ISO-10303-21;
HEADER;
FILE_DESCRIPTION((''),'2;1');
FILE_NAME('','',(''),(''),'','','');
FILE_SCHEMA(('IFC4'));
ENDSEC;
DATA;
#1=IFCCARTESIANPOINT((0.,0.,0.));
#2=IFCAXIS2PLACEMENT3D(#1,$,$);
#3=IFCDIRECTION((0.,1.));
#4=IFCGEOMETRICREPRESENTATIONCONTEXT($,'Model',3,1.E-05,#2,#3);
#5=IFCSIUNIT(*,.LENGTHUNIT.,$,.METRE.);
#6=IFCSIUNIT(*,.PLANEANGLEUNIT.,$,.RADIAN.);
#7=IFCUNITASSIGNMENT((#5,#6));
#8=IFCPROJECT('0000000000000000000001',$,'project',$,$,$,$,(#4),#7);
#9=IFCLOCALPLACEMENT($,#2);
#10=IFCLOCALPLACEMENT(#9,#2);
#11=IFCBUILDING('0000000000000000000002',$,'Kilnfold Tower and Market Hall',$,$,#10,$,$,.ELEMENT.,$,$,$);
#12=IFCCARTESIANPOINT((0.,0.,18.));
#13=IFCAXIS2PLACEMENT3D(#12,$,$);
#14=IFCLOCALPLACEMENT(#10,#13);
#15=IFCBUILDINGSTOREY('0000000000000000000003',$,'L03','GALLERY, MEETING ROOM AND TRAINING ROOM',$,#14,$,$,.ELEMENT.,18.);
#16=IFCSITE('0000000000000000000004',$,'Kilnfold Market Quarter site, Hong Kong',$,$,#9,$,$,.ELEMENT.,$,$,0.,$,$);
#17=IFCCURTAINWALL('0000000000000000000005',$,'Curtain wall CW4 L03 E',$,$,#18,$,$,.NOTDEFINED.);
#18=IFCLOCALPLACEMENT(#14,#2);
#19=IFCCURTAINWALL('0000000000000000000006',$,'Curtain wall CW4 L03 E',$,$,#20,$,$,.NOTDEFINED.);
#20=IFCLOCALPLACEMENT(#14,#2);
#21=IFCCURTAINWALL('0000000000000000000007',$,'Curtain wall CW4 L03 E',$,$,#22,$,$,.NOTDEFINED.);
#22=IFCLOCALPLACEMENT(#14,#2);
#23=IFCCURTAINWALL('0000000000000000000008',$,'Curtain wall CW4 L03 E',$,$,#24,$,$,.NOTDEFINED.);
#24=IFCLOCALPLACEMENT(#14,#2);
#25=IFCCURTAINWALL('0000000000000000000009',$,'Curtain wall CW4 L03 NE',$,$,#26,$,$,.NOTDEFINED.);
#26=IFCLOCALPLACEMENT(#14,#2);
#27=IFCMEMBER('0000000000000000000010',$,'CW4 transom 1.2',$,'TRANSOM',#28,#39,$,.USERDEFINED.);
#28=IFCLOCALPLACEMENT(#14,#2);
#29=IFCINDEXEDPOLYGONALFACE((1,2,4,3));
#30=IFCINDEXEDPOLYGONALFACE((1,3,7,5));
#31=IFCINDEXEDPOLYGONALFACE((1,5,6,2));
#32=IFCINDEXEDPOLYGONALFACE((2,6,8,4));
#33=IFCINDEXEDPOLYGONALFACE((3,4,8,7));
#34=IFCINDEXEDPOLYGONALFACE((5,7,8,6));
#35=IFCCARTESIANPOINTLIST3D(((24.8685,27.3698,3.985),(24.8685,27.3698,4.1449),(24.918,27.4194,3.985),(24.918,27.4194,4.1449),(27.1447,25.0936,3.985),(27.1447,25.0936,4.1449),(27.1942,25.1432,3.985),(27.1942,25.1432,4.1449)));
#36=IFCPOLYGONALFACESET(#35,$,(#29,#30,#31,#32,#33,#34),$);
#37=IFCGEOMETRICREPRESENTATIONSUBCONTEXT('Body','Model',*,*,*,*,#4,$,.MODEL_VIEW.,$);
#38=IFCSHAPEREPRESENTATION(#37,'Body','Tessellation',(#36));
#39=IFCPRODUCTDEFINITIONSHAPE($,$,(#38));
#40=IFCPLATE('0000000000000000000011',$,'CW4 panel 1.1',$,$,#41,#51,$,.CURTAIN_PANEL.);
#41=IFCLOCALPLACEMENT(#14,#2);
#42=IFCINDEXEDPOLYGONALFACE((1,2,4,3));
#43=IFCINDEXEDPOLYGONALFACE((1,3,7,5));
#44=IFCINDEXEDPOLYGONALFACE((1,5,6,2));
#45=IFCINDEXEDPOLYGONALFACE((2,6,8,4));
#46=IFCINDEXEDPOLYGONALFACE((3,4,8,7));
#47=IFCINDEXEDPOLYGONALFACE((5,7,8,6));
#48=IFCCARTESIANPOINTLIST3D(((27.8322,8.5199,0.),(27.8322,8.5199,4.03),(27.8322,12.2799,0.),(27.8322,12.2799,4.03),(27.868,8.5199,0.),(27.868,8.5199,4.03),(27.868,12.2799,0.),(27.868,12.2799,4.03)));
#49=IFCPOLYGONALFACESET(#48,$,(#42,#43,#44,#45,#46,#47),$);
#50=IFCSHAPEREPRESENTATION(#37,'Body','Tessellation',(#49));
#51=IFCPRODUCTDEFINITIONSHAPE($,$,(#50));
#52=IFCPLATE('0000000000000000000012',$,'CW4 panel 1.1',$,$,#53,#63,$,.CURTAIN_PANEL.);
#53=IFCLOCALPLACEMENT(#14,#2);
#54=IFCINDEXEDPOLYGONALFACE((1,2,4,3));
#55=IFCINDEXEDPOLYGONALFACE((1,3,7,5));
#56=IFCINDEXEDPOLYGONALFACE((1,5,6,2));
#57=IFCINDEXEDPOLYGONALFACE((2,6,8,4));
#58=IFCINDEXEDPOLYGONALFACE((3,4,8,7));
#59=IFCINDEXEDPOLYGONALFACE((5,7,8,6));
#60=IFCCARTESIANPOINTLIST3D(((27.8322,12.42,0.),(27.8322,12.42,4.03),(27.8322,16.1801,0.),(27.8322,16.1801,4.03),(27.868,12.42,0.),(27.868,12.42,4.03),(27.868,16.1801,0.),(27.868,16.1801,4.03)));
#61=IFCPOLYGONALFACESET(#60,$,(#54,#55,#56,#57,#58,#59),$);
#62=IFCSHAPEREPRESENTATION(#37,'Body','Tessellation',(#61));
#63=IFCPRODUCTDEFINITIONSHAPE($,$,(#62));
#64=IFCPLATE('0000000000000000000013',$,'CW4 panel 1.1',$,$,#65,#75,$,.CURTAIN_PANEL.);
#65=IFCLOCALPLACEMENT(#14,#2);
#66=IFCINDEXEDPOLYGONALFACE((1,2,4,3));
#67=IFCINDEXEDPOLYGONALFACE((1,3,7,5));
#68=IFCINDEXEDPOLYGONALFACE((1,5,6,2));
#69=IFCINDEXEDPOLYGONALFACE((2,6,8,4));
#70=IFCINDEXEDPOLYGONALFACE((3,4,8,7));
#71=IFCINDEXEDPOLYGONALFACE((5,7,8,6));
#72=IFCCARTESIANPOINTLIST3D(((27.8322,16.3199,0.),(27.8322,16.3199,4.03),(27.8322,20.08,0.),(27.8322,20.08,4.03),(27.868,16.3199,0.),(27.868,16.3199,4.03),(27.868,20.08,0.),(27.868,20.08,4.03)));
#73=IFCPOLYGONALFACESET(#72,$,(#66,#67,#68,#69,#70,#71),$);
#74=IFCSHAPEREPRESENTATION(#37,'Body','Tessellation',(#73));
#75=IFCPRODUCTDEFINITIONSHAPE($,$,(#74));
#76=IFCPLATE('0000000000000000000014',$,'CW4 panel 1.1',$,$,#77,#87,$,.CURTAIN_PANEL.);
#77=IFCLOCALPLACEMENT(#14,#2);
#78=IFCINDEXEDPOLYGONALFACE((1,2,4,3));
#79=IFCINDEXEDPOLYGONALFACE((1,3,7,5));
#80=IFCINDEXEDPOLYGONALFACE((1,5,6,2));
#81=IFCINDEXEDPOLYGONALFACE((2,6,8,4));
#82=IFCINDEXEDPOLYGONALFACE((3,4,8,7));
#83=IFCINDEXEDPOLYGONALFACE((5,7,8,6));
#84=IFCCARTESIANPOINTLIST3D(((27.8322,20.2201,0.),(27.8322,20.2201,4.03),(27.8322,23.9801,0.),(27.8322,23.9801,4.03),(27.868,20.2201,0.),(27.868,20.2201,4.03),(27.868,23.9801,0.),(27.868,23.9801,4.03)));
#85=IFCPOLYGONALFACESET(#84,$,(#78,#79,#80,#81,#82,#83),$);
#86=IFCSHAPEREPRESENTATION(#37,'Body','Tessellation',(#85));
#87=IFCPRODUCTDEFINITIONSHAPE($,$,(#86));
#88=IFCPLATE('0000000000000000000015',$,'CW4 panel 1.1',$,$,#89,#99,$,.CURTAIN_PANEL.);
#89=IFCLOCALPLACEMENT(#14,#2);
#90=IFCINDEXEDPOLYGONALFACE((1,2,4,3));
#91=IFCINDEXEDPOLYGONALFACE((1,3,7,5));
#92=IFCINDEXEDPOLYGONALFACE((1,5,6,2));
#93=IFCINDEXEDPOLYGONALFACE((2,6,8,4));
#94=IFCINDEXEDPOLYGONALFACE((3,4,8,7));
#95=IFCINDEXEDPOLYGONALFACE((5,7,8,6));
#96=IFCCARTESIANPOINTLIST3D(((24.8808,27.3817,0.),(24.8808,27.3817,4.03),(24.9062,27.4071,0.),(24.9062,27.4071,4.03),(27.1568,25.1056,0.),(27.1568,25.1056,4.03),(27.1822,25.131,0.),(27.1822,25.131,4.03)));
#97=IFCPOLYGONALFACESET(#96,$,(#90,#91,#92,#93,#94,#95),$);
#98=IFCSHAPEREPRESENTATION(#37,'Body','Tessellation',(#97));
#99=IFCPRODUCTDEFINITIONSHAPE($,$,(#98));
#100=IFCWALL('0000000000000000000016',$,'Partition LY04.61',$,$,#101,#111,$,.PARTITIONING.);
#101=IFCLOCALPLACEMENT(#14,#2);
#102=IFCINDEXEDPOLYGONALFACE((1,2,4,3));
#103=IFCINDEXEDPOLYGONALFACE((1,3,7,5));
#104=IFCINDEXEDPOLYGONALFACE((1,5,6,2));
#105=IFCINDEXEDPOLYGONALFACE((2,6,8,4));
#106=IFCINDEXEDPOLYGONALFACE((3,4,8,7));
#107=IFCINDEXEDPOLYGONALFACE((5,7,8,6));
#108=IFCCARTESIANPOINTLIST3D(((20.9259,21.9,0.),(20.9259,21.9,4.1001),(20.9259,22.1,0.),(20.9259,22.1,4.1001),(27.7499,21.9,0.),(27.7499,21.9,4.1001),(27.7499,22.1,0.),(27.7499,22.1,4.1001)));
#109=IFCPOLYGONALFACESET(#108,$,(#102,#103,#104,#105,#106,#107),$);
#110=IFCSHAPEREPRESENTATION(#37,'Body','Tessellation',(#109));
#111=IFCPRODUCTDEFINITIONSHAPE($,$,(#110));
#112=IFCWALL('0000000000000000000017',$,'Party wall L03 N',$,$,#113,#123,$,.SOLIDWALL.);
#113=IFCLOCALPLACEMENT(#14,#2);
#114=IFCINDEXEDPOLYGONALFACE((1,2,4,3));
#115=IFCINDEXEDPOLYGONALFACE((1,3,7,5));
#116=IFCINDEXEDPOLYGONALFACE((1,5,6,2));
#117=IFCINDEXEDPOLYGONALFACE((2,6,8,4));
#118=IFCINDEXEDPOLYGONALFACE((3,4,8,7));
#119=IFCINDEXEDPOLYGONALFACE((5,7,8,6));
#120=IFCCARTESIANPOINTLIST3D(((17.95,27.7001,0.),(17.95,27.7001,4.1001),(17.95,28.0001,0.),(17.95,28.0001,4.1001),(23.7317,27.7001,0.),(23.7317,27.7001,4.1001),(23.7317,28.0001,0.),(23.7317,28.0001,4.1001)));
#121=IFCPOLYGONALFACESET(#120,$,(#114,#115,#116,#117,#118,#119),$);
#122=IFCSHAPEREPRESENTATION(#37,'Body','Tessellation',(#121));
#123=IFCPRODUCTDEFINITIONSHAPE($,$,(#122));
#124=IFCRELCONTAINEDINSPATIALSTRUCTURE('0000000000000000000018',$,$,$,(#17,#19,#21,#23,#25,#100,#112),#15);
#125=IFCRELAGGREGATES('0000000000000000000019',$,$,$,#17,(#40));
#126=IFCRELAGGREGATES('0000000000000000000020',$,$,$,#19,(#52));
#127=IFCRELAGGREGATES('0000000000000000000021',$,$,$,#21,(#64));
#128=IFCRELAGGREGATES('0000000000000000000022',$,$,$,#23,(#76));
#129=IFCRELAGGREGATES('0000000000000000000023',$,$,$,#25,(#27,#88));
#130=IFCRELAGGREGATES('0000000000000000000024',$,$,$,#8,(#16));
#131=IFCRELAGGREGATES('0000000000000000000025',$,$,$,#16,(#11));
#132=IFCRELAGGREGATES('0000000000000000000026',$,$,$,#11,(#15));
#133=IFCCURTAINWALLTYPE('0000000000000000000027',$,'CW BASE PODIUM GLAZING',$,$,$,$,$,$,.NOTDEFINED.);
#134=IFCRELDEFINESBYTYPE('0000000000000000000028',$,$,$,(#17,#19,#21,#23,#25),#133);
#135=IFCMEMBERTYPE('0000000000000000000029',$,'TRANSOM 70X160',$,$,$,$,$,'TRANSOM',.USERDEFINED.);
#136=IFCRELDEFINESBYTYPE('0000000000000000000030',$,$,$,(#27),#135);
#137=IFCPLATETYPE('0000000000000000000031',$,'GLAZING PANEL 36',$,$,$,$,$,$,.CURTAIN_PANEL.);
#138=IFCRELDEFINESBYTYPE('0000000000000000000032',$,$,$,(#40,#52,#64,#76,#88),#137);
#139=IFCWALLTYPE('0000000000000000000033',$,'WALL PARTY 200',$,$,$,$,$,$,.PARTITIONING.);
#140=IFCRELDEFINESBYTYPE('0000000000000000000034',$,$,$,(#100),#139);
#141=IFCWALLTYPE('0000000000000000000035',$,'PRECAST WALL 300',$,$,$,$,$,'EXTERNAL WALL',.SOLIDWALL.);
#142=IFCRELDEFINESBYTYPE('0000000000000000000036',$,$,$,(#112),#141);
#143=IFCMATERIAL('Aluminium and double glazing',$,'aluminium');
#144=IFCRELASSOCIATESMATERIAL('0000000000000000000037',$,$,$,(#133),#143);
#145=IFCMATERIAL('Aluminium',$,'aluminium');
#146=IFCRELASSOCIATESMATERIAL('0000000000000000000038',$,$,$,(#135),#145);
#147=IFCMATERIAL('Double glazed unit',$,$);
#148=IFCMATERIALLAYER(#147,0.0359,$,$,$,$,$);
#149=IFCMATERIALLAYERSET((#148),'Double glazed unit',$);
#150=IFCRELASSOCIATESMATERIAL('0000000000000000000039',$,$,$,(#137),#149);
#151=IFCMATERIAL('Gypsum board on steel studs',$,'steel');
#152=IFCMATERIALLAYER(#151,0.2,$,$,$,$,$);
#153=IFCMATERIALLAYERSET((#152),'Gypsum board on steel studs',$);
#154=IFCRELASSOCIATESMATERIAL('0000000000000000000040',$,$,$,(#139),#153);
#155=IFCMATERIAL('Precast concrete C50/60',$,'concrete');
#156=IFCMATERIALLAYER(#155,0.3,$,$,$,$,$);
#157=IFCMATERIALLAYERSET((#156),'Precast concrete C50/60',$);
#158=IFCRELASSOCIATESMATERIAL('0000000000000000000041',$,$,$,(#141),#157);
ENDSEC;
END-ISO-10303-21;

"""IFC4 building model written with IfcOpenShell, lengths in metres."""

from ifc_helpers import new_model, si_unit, direction, frame, frame_2d, origin, origin_2d, place, context, subcontext, project, spatial, rectangle, extrude, source, transform, mapped, material, layer, layer_set, material_profile, profile_set, type_object, element, aggregate, save


model = new_model("IFC4")

# Units and contexts
model_context = context("Model", 3, precision=1e-05, world=origin(), true_north=direction((0.0, 1.0)))
body_context = subcontext(model_context, "Body", "Model", "MODEL_VIEW")
ifc_project = project(units=[si_unit("LENGTHUNIT", "METRE"), si_unit("PLANEANGLEUNIT", "RADIAN")], contexts=[model_context])

# Site, building, storey
site_placement = place(None, origin())
site = spatial("IfcSite", under=ifc_project, at=site_placement, Name="Kilnfold Market Quarter site, Hong Kong", CompositionType="ELEMENT", RefElevation=0.0)
building_placement = place(site_placement, origin())
building = spatial("IfcBuilding", under=site, at=building_placement, Name="Kilnfold Tower and Market Hall", CompositionType="ELEMENT")
storey_placement = place(building_placement, frame((0.0, 0.0, 18.0)))
storey = spatial("IfcBuildingStorey", under=building, at=storey_placement, Name="L03", Description="GALLERY, MEETING ROOM AND TRAINING ROOM", CompositionType="ELEMENT", Elevation=18.0)

# Curtain wall
ifc_material_1 = material(Name="Aluminium and double glazing", Category="aluminium")
curtain_wall_type = type_object("IfcCurtainWallType", Name="CW BASE PODIUM GLAZING", PredefinedType="NOTDEFINED", material=ifc_material_1)
curtain_wall_1_placement = place(storey_placement, origin())
curtain_wall_1 = element("IfcCurtainWall", 1, at=curtain_wall_1_placement, inside=storey, type_object=curtain_wall_type, Name="Curtain wall CW4 L03 E", PredefinedType="NOTDEFINED")

# Curtain walls
curtain_wall_2_placement = place(storey_placement, origin())
curtain_wall_2 = element("IfcCurtainWall", 2, at=curtain_wall_2_placement, inside=storey, type_object=curtain_wall_type, Name="Curtain wall CW4 L03 E", PredefinedType="NOTDEFINED")
curtain_wall_3_placement = place(storey_placement, origin())
curtain_wall_3 = element("IfcCurtainWall", 3, at=curtain_wall_3_placement, inside=storey, type_object=curtain_wall_type, Name="Curtain wall CW4 L03 E", PredefinedType="NOTDEFINED")
curtain_wall_4_placement = place(storey_placement, origin())
curtain_wall_4 = element("IfcCurtainWall", 4, at=curtain_wall_4_placement, inside=storey, type_object=curtain_wall_type, Name="Curtain wall CW4 L03 E", PredefinedType="NOTDEFINED")
curtain_wall_5_placement = place(storey_placement, origin())
curtain_wall_5 = element("IfcCurtainWall", 5, at=curtain_wall_5_placement, inside=storey, type_object=curtain_wall_type, Name="Curtain wall CW4 L03 NE", PredefinedType="NOTDEFINED")

# Member
ifc_material_2 = material(Name="Aluminium", Category="aluminium")
ifc_material_profile_1 = material_profile(ifc_material_2, rectangle(XDim=0.0701, YDim=0.1599, at=origin_2d()), Name="TRANSOM 70x160")
ifc_profile_set_1 = profile_set([ifc_material_profile_1], Name="Aluminium")
member_type_1 = type_object("IfcMemberType", Name="TRANSOM 70X160", ElementType="TRANSOM", PredefinedType="USERDEFINED", material=ifc_profile_set_1)
shared_shape_1 = source(origin(), body_context, "Body", "SweptSolid", [
    extrude(rectangle(XDim=0.0701, YDim=0.1599, at=origin_2d()), origin(), (0.0, 0.0, 1.0), 3.219),
])
member_1_placement = place(storey_placement, frame((27.1694, 25.1184, 4.0649), z_axis=(-0.707107, 0.707107, 0.0), x_axis=(-0.707107, -0.707107, 0.0)))
member_1 = element("IfcMember", 6, at=member_1_placement, type_object=member_type_1, Name="CW4 transom 1.2", ObjectType="TRANSOM", PredefinedType="USERDEFINED", context=body_context, shape_type="MappedRepresentation", body=[
    mapped(shared_shape_1, transform((0.0, 0.0, 0.0))),
])

# Plates
ifc_material_3 = material(Name="Double glazed unit")
ifc_layer_1 = layer(ifc_material_3, 0.0359)
ifc_layer_set_1 = layer_set([ifc_layer_1], Name="Double glazed unit")
plate_type = type_object("IfcPlateType", Name="GLAZING PANEL 36", PredefinedType="CURTAIN_PANEL", material=ifc_layer_set_1)
shared_shape_2 = source(origin(), body_context, "Body", "SweptSolid", [
    extrude(rectangle(XDim=3.76, YDim=0.0359, at=origin_2d()), origin(), (0.0, 0.0, 1.0), 4.03),
])
plate_1_placement = place(storey_placement, frame((27.8501, 10.3999, 0.0), z_axis=(0.0, 0.0, 1.0), x_axis=(0.0, 1.0, 0.0)))
plate_1 = element("IfcPlate", 7, at=plate_1_placement, type_object=plate_type, Name="CW4 panel 1.1", PredefinedType="CURTAIN_PANEL", context=body_context, shape_type="MappedRepresentation", body=[
    mapped(shared_shape_2, transform((0.0, 0.0, 0.0))),
])
aggregate(curtain_wall_1, [plate_1])
plate_2_placement = place(storey_placement, frame((27.8501, 14.3, 0.0), z_axis=(0.0, 0.0, 1.0), x_axis=(0.0, 1.0, 0.0)))
plate_2 = element("IfcPlate", 8, at=plate_2_placement, type_object=plate_type, Name="CW4 panel 1.1", PredefinedType="CURTAIN_PANEL", context=body_context, shape_type="MappedRepresentation", body=[
    mapped(shared_shape_2, transform((0.0, 0.0, 0.0))),
])
aggregate(curtain_wall_2, [plate_2])
plate_3_placement = place(storey_placement, frame((27.8501, 18.2, 0.0), z_axis=(0.0, 0.0, 1.0), x_axis=(0.0, 1.0, 0.0)))
plate_3 = element("IfcPlate", 9, at=plate_3_placement, type_object=plate_type, Name="CW4 panel 1.1", PredefinedType="CURTAIN_PANEL", context=body_context, shape_type="MappedRepresentation", body=[
    mapped(shared_shape_2, transform((0.0, 0.0, 0.0))),
])
aggregate(curtain_wall_3, [plate_3])
plate_4_placement = place(storey_placement, frame((27.8501, 22.1001, 0.0), z_axis=(0.0, 0.0, 1.0), x_axis=(0.0, 1.0, 0.0)))
plate_4 = element("IfcPlate", 10, at=plate_4_placement, type_object=plate_type, Name="CW4 panel 1.1", PredefinedType="CURTAIN_PANEL", context=body_context, shape_type="MappedRepresentation", body=[
    mapped(shared_shape_2, transform((0.0, 0.0, 0.0))),
])
aggregate(curtain_wall_4, [plate_4])
shared_shape_3 = source(origin(), body_context, "Body", "SweptSolid", [
    extrude(rectangle(XDim=3.2188, YDim=0.0359, at=origin_2d()), origin(), (0.0, 0.0, 1.0), 4.03),
])
plate_5_placement = place(storey_placement, frame((26.0315, 26.2563, 0.0), z_axis=(0.0, 0.0, 1.0), x_axis=(-0.707092, 0.707122, 0.0)))
plate_5 = element("IfcPlate", 11, at=plate_5_placement, type_object=plate_type, Name="CW4 panel 1.1", PredefinedType="CURTAIN_PANEL", context=body_context, shape_type="MappedRepresentation", body=[
    mapped(shared_shape_3, transform((0.0, 0.0, 0.0))),
])
aggregate(curtain_wall_5, [member_1, plate_5])

# Walls
ifc_material_4 = material(Name="Gypsum board on steel studs", Category="steel")
ifc_layer_2 = layer(ifc_material_4, 0.2)
ifc_layer_set_2 = layer_set([ifc_layer_2], Name="Gypsum board on steel studs")
wall_type_1 = type_object("IfcWallType", Name="WALL PARTY 200", PredefinedType="PARTITIONING", material=ifc_layer_set_2)
wall_1_placement = place(storey_placement, frame((27.75, 22.0, 0.0), z_axis=(0.0, 0.0, 1.0), x_axis=(-1.0, 0.0, 0.0)))
element("IfcWall", 12, at=wall_1_placement, inside=storey, type_object=wall_type_1, Name="Partition LY04.61", PredefinedType="PARTITIONING", context=body_context, shape_type="SweptSolid", body=[
    extrude(rectangle(XDim=6.824, YDim=0.2, at=frame_2d((3.4121, 0.0))), origin(), (0.0, 0.0, 1.0), 4.1001),
])
ifc_material_5 = material(Name="Precast concrete C50/60", Category="concrete")
ifc_layer_3 = layer(ifc_material_5, 0.3)
ifc_layer_set_3 = layer_set([ifc_layer_3], Name="Precast concrete C50/60")
wall_type_2 = type_object("IfcWallType", Name="PRECAST WALL 300", ElementType="EXTERNAL WALL", PredefinedType="SOLIDWALL", material=ifc_layer_set_3)
shared_shape_4 = source(origin(), body_context, "Body", "SweptSolid", [
    extrude(rectangle(XDim=5.7817, YDim=0.3, at=frame_2d((2.8909, 0.0))), origin(), (0.0, 0.0, 1.0), 4.1001),
])
wall_2_placement = place(storey_placement, frame((23.7317, 27.8501, 0.0), z_axis=(0.0, 0.0, 1.0), x_axis=(-1.0, 0.0, 0.0)))
element("IfcWall", 13, at=wall_2_placement, inside=storey, type_object=wall_type_2, Name="Party wall L03 N", PredefinedType="SOLIDWALL", context=body_context, shape_type="MappedRepresentation", body=[
    mapped(shared_shape_4, transform((0.0, 0.0, 0.0))),
])

save(model, "model.ifc")
